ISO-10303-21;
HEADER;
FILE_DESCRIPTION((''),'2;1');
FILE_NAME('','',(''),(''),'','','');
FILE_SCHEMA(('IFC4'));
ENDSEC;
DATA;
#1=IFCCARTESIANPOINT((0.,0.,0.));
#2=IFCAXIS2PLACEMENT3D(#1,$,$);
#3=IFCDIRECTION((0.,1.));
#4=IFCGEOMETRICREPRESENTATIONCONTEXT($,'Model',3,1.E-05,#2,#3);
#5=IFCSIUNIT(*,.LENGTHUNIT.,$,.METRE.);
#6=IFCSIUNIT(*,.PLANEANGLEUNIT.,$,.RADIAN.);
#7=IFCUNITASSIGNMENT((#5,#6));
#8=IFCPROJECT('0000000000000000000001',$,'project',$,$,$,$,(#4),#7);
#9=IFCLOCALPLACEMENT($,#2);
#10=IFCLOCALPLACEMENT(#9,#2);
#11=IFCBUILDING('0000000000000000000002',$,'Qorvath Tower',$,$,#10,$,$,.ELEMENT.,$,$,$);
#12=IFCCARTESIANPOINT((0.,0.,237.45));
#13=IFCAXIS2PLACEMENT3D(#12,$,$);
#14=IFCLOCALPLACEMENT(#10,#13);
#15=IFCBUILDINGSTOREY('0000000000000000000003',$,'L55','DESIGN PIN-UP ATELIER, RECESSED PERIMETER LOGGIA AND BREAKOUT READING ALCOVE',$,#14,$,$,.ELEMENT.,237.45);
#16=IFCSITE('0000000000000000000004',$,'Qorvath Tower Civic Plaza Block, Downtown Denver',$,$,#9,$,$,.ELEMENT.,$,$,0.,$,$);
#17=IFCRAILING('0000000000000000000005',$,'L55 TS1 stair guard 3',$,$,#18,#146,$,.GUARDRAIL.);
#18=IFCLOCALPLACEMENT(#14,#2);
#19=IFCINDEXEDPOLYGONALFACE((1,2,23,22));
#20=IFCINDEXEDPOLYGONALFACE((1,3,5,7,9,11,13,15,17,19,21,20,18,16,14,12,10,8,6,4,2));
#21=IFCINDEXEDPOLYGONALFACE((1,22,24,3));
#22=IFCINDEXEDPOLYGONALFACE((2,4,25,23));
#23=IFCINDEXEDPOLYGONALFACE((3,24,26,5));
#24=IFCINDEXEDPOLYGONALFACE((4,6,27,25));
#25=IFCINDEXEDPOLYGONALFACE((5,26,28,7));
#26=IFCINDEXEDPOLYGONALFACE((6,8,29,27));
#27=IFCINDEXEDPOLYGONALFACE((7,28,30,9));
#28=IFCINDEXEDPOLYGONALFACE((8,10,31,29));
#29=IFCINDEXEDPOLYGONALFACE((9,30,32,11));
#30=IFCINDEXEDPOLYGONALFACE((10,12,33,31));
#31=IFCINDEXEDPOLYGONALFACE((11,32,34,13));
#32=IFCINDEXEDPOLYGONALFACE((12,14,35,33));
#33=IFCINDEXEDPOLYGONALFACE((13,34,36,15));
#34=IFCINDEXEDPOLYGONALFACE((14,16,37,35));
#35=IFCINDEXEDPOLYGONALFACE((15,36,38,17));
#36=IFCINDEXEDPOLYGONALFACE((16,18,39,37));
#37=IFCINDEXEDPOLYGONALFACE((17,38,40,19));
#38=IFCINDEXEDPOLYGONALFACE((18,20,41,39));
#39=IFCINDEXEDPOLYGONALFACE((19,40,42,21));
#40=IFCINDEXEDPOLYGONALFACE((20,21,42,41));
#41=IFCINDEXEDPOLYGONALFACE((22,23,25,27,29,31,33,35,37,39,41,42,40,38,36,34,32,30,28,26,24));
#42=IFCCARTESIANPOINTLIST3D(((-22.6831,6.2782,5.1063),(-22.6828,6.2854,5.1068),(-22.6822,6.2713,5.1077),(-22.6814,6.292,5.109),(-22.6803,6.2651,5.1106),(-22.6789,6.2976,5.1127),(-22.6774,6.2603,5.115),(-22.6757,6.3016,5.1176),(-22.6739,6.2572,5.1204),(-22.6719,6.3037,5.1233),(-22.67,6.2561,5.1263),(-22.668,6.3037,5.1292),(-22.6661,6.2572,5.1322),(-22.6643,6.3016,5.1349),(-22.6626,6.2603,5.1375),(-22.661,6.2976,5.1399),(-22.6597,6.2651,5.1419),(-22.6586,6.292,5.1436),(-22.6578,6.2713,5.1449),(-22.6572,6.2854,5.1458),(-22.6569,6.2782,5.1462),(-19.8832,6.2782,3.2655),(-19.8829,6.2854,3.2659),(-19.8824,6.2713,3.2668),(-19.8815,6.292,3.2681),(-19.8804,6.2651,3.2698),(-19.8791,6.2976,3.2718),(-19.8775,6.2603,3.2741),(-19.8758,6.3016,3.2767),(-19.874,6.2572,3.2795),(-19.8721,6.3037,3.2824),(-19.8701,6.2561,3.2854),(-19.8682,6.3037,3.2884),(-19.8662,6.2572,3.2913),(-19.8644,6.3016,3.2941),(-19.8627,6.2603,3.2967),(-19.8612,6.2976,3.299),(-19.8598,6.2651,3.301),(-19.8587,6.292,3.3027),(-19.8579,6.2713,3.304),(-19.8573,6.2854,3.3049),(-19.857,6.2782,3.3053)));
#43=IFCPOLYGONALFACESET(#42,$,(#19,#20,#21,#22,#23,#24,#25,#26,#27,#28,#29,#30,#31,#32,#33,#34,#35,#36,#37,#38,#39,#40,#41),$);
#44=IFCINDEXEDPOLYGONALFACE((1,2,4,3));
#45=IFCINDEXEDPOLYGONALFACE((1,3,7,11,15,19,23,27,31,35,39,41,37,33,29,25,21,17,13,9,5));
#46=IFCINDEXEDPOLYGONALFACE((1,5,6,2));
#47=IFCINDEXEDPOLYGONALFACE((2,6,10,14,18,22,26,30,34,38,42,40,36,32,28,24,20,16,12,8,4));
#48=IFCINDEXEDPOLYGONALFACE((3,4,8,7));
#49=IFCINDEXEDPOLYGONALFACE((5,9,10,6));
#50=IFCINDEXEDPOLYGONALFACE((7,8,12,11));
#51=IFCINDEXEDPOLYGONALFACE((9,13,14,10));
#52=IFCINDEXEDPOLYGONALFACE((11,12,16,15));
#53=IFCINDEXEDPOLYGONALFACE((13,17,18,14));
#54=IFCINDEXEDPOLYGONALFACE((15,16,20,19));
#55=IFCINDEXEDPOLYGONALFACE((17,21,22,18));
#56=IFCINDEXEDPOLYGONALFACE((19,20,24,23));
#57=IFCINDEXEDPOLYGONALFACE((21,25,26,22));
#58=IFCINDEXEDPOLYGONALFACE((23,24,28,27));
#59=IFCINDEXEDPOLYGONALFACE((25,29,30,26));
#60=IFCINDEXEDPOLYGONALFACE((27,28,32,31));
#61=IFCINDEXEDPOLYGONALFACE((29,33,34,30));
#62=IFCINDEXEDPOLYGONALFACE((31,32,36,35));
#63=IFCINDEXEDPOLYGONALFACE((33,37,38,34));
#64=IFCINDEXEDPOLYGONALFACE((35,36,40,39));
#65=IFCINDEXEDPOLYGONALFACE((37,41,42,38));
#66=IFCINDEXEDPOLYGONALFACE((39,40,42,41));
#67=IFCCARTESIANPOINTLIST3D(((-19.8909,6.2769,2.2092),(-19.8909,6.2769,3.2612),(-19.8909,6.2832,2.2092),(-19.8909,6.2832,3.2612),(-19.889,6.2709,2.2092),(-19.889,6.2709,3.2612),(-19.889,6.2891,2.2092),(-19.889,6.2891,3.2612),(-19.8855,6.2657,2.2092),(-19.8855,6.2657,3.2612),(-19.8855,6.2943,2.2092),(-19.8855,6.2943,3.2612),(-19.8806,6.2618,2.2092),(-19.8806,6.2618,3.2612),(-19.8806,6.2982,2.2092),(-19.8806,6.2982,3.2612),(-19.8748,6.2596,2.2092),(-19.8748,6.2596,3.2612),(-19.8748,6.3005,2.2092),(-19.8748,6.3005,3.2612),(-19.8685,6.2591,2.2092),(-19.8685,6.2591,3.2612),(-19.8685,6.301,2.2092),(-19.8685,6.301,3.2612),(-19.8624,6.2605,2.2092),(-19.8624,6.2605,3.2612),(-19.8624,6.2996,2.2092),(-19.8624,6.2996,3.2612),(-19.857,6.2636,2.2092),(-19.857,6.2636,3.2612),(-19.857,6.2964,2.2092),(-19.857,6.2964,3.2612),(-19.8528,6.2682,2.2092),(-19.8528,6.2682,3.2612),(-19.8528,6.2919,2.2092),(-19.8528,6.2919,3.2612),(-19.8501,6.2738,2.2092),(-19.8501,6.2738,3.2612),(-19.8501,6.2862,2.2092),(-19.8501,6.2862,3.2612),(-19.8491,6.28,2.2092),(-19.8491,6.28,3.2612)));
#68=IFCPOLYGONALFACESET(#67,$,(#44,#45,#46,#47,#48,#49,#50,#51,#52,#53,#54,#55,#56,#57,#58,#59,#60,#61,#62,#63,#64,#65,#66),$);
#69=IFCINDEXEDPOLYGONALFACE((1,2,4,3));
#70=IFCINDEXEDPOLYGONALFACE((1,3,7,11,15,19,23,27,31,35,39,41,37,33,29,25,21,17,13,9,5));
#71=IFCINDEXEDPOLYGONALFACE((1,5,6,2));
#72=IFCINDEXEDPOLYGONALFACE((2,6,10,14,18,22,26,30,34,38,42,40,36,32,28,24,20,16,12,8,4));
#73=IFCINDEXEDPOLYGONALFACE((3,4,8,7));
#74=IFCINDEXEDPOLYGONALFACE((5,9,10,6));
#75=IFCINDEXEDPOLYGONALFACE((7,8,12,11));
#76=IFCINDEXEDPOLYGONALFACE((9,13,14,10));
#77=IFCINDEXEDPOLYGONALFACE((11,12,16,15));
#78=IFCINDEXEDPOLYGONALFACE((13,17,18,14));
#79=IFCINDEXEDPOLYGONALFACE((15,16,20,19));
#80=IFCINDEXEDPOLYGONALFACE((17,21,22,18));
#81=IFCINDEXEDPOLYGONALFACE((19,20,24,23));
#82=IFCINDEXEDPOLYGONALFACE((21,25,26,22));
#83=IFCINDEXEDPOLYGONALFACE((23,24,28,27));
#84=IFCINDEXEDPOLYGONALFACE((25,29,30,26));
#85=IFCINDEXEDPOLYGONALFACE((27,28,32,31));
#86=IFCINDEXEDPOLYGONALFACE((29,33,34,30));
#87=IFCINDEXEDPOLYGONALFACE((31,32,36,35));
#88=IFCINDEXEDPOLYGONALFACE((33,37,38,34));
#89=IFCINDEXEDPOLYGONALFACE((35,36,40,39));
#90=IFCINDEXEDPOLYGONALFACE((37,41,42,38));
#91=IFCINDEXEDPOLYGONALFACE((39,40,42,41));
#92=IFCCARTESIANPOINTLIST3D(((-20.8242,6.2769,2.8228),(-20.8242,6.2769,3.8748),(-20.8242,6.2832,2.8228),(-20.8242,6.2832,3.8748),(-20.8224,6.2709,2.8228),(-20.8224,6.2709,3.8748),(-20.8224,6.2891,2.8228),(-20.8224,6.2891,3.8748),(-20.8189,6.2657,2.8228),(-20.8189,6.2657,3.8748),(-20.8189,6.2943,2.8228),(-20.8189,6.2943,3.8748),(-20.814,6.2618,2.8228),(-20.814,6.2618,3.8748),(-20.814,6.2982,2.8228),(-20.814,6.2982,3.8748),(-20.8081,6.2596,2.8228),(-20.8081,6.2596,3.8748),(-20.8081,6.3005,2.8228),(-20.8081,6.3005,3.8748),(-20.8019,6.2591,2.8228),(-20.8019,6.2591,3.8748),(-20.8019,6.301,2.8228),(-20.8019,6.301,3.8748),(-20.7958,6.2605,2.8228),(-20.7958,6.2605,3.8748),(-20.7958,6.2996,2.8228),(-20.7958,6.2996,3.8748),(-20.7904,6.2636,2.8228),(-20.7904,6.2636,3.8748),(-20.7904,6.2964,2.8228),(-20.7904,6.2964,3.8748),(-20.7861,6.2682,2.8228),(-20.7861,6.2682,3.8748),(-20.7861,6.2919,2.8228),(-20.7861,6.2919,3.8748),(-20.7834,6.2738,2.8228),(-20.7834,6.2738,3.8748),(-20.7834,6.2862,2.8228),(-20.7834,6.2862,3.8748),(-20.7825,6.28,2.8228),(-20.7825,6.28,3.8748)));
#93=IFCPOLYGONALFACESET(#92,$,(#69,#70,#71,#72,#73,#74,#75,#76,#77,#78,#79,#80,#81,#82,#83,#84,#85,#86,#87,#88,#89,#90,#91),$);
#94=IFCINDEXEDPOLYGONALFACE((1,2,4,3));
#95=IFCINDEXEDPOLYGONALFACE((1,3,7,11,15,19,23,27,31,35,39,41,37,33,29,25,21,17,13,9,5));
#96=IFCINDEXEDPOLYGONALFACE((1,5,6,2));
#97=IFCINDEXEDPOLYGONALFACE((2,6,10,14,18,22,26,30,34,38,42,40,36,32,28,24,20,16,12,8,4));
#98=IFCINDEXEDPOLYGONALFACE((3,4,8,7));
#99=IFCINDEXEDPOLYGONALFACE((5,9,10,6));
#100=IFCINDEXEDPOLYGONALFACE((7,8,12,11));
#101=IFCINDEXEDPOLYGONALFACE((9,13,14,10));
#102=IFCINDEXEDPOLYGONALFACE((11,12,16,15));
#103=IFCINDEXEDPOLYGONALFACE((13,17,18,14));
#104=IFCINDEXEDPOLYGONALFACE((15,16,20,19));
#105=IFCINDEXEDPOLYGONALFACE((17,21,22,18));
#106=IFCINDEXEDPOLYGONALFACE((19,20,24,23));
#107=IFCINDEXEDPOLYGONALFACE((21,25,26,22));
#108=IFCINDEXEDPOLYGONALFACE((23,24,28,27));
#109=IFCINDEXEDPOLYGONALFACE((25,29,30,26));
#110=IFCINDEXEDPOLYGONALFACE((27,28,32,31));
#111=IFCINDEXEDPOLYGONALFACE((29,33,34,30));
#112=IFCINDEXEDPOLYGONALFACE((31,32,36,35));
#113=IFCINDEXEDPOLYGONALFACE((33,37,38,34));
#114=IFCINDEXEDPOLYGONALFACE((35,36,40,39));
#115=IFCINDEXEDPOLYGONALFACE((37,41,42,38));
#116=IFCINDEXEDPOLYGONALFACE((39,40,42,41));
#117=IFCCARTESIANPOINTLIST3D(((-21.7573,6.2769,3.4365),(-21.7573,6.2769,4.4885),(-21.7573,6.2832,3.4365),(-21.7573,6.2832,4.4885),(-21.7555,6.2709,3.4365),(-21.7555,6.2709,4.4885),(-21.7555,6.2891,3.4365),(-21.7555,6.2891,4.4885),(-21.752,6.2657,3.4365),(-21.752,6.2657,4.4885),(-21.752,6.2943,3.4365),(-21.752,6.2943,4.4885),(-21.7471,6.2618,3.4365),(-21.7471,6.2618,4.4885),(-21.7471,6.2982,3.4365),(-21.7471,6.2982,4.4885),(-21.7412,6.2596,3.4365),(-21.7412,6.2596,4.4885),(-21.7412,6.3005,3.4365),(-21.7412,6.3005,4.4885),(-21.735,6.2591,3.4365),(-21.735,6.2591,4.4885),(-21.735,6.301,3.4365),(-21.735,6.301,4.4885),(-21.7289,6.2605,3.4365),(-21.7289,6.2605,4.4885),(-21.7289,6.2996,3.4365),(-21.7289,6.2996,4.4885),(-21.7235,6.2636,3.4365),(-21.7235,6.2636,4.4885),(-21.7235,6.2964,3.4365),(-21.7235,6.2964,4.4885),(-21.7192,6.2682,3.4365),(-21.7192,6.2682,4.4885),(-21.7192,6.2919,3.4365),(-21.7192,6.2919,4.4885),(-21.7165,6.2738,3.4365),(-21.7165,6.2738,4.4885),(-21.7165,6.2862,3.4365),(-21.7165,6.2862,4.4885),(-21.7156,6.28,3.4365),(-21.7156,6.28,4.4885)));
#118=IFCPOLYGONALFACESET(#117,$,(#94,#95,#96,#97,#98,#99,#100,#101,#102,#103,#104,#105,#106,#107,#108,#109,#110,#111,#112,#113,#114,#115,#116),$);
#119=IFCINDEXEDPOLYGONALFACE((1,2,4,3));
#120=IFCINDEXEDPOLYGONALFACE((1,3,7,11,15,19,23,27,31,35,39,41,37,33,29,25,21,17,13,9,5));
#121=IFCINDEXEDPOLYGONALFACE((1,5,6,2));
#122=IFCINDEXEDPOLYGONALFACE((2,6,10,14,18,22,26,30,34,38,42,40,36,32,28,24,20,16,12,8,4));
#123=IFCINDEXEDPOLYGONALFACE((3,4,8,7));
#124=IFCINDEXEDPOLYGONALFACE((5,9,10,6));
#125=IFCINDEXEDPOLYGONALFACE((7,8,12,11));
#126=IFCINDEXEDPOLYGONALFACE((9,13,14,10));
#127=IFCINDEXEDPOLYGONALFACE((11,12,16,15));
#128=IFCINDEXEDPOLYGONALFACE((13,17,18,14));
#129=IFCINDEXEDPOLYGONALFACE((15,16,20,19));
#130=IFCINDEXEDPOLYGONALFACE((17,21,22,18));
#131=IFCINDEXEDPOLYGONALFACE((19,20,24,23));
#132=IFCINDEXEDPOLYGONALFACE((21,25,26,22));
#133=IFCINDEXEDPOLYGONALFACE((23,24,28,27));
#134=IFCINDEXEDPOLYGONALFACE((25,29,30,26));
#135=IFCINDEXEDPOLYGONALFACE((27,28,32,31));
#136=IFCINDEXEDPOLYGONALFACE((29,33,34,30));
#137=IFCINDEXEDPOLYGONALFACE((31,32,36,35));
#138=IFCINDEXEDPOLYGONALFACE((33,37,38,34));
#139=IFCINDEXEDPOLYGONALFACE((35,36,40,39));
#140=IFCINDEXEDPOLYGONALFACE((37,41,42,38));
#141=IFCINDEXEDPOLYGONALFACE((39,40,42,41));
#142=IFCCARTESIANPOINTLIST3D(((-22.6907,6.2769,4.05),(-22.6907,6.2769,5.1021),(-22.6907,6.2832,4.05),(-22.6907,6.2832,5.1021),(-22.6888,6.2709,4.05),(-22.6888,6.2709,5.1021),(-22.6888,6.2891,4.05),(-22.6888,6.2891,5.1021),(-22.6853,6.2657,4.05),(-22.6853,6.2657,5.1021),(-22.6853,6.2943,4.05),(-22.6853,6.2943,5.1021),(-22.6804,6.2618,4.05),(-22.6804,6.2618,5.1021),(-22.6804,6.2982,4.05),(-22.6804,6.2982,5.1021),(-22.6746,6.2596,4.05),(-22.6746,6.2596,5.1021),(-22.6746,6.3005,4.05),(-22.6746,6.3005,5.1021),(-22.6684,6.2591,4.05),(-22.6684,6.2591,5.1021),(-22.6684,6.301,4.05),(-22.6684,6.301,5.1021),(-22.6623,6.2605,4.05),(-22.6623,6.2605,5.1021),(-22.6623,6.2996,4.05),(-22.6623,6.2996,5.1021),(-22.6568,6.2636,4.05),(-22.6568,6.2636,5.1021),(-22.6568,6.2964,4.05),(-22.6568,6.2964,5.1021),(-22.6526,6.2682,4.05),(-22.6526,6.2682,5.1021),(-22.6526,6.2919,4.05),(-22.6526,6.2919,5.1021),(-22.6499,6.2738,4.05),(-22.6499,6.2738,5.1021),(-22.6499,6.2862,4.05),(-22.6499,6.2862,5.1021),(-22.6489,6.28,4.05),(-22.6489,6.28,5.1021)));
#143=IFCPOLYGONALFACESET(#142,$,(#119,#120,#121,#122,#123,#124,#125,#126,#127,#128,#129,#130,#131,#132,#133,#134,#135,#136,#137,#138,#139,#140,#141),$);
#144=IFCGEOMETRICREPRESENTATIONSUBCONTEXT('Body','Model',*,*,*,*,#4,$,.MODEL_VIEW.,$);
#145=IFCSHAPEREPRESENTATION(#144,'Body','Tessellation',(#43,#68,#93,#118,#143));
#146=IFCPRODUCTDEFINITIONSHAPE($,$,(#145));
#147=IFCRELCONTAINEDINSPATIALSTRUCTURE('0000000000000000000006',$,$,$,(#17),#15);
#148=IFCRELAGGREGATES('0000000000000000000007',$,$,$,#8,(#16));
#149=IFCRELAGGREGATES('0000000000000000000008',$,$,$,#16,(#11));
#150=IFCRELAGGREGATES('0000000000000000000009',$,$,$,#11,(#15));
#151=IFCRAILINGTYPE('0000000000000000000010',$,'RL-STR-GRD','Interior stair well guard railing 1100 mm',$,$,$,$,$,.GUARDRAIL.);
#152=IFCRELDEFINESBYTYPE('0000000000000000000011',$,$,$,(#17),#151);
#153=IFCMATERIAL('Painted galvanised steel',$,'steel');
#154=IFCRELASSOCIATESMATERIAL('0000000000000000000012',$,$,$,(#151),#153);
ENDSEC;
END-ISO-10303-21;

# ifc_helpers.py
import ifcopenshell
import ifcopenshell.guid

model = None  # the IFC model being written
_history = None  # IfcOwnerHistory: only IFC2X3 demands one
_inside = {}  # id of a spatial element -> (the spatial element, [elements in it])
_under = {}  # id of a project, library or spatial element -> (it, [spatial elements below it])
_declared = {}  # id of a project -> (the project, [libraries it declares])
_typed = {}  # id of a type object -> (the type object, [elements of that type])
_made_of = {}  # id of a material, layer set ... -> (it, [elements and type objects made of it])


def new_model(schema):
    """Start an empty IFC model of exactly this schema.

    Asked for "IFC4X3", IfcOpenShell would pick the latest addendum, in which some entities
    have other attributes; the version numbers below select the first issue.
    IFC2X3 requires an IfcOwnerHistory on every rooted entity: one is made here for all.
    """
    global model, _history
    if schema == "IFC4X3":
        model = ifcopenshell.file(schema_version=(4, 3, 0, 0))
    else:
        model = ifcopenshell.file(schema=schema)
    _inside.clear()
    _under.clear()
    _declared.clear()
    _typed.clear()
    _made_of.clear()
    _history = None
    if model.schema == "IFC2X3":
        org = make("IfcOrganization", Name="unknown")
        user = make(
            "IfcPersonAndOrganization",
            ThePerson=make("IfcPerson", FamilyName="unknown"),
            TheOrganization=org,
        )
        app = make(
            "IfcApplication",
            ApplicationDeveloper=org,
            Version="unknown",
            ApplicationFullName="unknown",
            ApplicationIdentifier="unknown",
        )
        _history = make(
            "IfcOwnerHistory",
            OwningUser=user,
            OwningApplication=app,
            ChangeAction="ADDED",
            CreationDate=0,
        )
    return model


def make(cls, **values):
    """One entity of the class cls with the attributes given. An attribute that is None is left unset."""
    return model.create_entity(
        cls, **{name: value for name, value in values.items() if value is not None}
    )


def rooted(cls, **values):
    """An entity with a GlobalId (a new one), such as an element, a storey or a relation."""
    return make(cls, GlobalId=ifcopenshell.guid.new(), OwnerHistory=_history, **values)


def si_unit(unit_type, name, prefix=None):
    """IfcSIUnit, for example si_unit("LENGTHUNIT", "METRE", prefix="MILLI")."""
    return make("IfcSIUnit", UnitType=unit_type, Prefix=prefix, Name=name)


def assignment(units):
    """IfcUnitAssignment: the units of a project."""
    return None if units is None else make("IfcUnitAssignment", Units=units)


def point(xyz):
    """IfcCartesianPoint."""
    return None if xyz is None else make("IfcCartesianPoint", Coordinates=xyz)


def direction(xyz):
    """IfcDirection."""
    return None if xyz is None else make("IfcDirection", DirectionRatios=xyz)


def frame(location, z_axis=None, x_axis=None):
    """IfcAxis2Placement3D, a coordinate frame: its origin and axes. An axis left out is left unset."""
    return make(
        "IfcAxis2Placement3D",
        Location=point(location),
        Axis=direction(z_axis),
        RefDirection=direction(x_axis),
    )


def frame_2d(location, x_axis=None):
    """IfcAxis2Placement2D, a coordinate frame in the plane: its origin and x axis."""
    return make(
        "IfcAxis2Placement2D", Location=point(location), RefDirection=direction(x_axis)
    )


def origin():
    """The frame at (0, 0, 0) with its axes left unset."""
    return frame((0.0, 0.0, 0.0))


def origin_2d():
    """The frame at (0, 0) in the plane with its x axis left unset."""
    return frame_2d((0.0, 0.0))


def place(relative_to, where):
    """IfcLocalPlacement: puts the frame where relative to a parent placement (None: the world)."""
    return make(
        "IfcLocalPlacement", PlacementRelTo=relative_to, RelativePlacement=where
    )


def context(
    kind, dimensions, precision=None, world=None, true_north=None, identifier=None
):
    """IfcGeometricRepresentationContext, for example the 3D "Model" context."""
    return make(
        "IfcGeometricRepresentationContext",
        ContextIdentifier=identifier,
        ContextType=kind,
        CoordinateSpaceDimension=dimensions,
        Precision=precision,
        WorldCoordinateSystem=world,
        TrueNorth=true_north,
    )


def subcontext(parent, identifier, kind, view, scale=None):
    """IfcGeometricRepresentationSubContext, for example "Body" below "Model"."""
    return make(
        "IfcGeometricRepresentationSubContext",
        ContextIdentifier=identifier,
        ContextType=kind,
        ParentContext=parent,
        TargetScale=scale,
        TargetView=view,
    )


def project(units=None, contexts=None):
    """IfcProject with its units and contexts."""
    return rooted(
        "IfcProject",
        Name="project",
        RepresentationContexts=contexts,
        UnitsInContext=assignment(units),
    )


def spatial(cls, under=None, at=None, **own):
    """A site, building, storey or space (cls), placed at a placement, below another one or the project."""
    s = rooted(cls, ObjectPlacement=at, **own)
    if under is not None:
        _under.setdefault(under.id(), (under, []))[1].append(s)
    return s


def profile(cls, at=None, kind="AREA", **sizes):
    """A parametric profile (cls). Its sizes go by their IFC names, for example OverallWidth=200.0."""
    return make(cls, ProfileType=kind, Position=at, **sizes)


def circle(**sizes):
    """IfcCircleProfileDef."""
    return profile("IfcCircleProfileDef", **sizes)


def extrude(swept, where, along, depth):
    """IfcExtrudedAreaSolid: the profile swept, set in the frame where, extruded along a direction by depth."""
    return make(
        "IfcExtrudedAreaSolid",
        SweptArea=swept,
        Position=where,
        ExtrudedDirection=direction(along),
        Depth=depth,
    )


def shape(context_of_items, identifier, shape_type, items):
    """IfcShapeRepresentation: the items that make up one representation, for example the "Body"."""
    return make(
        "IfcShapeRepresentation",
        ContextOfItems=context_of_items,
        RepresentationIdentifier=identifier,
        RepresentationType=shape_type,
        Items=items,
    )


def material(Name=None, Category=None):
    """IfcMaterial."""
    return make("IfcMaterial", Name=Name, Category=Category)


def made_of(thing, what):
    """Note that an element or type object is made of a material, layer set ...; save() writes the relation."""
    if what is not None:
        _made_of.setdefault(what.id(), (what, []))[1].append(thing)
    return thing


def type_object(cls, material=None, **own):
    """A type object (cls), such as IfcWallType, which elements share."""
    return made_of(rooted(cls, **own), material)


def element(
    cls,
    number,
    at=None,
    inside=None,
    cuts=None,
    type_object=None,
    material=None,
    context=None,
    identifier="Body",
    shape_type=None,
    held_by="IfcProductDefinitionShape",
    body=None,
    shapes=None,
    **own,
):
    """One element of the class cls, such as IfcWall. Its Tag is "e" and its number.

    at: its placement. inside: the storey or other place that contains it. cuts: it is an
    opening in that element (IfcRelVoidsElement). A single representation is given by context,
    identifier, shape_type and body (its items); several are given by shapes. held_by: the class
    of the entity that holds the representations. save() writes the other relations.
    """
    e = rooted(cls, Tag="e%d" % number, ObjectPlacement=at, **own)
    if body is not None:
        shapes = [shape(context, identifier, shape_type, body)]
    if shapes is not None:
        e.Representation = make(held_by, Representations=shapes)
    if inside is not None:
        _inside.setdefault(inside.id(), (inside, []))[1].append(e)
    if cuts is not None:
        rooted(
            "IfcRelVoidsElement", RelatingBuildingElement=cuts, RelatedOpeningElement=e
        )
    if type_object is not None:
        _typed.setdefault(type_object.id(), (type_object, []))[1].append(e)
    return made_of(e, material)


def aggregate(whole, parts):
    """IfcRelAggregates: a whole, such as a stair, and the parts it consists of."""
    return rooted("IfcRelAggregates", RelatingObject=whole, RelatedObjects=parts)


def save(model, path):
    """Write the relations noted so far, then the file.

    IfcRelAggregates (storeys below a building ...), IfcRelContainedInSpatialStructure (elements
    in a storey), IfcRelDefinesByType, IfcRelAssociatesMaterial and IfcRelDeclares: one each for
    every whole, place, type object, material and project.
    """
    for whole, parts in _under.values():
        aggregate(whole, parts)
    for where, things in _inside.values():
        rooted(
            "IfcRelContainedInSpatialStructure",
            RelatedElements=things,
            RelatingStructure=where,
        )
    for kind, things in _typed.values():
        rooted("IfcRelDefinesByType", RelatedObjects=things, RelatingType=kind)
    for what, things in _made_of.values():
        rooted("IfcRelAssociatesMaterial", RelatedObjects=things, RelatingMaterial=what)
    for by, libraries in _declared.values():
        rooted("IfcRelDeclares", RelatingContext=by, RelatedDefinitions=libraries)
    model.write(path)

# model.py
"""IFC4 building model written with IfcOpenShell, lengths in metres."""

from ifc_helpers import new_model, si_unit, direction, frame, origin, origin_2d, place, context, subcontext, project, spatial, circle, extrude, material, type_object, element, save


model = new_model("IFC4")

# Units and contexts
model_context = context("Model", 3, precision=1e-05, world=origin(), true_north=direction((0.0, 1.0)))
body_context = subcontext(model_context, "Body", "Model", "MODEL_VIEW")
ifc_project = project(units=[si_unit("LENGTHUNIT", "METRE"), si_unit("PLANEANGLEUNIT", "RADIAN")], contexts=[model_context])

# Site, building, storey
site_placement = place(None, origin())
site = spatial("IfcSite", under=ifc_project, at=site_placement, Name="Qorvath Tower Civic Plaza Block, Downtown Denver", CompositionType="ELEMENT", RefElevation=0.0)
building_placement = place(site_placement, origin())
building = spatial("IfcBuilding", under=site, at=building_placement, Name="Qorvath Tower", CompositionType="ELEMENT")
storey_placement = place(building_placement, frame((0.0, 0.0, 237.45)))
storey = spatial("IfcBuildingStorey", under=building, at=storey_placement, Name="L55", Description="DESIGN PIN-UP ATELIER, RECESSED PERIMETER LOGGIA AND BREAKOUT READING ALCOVE", CompositionType="ELEMENT", Elevation=237.45)

# Railing
ifc_material_1 = material(Name="Painted galvanised steel", Category="steel")
railing_type_1 = type_object("IfcRailingType", Name="RL-STR-GRD", Description="Interior stair well guard railing 1100 mm", PredefinedType="GUARDRAIL", material=ifc_material_1)
railing_1_placement = place(storey_placement, frame((-19.8701, 6.28, 2.2092)))
element("IfcRailing", 1, at=railing_1_placement, inside=storey, type_object=railing_type_1, Name="L55 TS1 stair guard 3", PredefinedType="GUARDRAIL", context=body_context, shape_type="SweptSolid", body=[
    extrude(circle(Radius=0.0239, at=origin_2d()), frame((0.0, 0.0, 1.0762), z_axis=(-0.835576, 0.0, 0.549376), x_axis=(0.0, -1.0, 0.0)), (0.0, 0.0, 1.0), 3.3508),
    extrude(circle(Radius=0.021, at=origin_2d()), origin(), (0.0, 0.0, 1.0), 1.052),
    extrude(circle(Radius=0.021, at=origin_2d()), frame((-0.9333, 0.0, 0.6135)), (0.0, 0.0, 1.0), 1.052),
    extrude(circle(Radius=0.021, at=origin_2d()), frame((-1.8665, 0.0, 1.2273)), (0.0, 0.0, 1.0), 1.052),
    extrude(circle(Radius=0.021, at=origin_2d()), frame((-2.7998, 0.0, 1.8408)), (0.0, 0.0, 1.0), 1.052),
])

save(model, "model.ifc")
